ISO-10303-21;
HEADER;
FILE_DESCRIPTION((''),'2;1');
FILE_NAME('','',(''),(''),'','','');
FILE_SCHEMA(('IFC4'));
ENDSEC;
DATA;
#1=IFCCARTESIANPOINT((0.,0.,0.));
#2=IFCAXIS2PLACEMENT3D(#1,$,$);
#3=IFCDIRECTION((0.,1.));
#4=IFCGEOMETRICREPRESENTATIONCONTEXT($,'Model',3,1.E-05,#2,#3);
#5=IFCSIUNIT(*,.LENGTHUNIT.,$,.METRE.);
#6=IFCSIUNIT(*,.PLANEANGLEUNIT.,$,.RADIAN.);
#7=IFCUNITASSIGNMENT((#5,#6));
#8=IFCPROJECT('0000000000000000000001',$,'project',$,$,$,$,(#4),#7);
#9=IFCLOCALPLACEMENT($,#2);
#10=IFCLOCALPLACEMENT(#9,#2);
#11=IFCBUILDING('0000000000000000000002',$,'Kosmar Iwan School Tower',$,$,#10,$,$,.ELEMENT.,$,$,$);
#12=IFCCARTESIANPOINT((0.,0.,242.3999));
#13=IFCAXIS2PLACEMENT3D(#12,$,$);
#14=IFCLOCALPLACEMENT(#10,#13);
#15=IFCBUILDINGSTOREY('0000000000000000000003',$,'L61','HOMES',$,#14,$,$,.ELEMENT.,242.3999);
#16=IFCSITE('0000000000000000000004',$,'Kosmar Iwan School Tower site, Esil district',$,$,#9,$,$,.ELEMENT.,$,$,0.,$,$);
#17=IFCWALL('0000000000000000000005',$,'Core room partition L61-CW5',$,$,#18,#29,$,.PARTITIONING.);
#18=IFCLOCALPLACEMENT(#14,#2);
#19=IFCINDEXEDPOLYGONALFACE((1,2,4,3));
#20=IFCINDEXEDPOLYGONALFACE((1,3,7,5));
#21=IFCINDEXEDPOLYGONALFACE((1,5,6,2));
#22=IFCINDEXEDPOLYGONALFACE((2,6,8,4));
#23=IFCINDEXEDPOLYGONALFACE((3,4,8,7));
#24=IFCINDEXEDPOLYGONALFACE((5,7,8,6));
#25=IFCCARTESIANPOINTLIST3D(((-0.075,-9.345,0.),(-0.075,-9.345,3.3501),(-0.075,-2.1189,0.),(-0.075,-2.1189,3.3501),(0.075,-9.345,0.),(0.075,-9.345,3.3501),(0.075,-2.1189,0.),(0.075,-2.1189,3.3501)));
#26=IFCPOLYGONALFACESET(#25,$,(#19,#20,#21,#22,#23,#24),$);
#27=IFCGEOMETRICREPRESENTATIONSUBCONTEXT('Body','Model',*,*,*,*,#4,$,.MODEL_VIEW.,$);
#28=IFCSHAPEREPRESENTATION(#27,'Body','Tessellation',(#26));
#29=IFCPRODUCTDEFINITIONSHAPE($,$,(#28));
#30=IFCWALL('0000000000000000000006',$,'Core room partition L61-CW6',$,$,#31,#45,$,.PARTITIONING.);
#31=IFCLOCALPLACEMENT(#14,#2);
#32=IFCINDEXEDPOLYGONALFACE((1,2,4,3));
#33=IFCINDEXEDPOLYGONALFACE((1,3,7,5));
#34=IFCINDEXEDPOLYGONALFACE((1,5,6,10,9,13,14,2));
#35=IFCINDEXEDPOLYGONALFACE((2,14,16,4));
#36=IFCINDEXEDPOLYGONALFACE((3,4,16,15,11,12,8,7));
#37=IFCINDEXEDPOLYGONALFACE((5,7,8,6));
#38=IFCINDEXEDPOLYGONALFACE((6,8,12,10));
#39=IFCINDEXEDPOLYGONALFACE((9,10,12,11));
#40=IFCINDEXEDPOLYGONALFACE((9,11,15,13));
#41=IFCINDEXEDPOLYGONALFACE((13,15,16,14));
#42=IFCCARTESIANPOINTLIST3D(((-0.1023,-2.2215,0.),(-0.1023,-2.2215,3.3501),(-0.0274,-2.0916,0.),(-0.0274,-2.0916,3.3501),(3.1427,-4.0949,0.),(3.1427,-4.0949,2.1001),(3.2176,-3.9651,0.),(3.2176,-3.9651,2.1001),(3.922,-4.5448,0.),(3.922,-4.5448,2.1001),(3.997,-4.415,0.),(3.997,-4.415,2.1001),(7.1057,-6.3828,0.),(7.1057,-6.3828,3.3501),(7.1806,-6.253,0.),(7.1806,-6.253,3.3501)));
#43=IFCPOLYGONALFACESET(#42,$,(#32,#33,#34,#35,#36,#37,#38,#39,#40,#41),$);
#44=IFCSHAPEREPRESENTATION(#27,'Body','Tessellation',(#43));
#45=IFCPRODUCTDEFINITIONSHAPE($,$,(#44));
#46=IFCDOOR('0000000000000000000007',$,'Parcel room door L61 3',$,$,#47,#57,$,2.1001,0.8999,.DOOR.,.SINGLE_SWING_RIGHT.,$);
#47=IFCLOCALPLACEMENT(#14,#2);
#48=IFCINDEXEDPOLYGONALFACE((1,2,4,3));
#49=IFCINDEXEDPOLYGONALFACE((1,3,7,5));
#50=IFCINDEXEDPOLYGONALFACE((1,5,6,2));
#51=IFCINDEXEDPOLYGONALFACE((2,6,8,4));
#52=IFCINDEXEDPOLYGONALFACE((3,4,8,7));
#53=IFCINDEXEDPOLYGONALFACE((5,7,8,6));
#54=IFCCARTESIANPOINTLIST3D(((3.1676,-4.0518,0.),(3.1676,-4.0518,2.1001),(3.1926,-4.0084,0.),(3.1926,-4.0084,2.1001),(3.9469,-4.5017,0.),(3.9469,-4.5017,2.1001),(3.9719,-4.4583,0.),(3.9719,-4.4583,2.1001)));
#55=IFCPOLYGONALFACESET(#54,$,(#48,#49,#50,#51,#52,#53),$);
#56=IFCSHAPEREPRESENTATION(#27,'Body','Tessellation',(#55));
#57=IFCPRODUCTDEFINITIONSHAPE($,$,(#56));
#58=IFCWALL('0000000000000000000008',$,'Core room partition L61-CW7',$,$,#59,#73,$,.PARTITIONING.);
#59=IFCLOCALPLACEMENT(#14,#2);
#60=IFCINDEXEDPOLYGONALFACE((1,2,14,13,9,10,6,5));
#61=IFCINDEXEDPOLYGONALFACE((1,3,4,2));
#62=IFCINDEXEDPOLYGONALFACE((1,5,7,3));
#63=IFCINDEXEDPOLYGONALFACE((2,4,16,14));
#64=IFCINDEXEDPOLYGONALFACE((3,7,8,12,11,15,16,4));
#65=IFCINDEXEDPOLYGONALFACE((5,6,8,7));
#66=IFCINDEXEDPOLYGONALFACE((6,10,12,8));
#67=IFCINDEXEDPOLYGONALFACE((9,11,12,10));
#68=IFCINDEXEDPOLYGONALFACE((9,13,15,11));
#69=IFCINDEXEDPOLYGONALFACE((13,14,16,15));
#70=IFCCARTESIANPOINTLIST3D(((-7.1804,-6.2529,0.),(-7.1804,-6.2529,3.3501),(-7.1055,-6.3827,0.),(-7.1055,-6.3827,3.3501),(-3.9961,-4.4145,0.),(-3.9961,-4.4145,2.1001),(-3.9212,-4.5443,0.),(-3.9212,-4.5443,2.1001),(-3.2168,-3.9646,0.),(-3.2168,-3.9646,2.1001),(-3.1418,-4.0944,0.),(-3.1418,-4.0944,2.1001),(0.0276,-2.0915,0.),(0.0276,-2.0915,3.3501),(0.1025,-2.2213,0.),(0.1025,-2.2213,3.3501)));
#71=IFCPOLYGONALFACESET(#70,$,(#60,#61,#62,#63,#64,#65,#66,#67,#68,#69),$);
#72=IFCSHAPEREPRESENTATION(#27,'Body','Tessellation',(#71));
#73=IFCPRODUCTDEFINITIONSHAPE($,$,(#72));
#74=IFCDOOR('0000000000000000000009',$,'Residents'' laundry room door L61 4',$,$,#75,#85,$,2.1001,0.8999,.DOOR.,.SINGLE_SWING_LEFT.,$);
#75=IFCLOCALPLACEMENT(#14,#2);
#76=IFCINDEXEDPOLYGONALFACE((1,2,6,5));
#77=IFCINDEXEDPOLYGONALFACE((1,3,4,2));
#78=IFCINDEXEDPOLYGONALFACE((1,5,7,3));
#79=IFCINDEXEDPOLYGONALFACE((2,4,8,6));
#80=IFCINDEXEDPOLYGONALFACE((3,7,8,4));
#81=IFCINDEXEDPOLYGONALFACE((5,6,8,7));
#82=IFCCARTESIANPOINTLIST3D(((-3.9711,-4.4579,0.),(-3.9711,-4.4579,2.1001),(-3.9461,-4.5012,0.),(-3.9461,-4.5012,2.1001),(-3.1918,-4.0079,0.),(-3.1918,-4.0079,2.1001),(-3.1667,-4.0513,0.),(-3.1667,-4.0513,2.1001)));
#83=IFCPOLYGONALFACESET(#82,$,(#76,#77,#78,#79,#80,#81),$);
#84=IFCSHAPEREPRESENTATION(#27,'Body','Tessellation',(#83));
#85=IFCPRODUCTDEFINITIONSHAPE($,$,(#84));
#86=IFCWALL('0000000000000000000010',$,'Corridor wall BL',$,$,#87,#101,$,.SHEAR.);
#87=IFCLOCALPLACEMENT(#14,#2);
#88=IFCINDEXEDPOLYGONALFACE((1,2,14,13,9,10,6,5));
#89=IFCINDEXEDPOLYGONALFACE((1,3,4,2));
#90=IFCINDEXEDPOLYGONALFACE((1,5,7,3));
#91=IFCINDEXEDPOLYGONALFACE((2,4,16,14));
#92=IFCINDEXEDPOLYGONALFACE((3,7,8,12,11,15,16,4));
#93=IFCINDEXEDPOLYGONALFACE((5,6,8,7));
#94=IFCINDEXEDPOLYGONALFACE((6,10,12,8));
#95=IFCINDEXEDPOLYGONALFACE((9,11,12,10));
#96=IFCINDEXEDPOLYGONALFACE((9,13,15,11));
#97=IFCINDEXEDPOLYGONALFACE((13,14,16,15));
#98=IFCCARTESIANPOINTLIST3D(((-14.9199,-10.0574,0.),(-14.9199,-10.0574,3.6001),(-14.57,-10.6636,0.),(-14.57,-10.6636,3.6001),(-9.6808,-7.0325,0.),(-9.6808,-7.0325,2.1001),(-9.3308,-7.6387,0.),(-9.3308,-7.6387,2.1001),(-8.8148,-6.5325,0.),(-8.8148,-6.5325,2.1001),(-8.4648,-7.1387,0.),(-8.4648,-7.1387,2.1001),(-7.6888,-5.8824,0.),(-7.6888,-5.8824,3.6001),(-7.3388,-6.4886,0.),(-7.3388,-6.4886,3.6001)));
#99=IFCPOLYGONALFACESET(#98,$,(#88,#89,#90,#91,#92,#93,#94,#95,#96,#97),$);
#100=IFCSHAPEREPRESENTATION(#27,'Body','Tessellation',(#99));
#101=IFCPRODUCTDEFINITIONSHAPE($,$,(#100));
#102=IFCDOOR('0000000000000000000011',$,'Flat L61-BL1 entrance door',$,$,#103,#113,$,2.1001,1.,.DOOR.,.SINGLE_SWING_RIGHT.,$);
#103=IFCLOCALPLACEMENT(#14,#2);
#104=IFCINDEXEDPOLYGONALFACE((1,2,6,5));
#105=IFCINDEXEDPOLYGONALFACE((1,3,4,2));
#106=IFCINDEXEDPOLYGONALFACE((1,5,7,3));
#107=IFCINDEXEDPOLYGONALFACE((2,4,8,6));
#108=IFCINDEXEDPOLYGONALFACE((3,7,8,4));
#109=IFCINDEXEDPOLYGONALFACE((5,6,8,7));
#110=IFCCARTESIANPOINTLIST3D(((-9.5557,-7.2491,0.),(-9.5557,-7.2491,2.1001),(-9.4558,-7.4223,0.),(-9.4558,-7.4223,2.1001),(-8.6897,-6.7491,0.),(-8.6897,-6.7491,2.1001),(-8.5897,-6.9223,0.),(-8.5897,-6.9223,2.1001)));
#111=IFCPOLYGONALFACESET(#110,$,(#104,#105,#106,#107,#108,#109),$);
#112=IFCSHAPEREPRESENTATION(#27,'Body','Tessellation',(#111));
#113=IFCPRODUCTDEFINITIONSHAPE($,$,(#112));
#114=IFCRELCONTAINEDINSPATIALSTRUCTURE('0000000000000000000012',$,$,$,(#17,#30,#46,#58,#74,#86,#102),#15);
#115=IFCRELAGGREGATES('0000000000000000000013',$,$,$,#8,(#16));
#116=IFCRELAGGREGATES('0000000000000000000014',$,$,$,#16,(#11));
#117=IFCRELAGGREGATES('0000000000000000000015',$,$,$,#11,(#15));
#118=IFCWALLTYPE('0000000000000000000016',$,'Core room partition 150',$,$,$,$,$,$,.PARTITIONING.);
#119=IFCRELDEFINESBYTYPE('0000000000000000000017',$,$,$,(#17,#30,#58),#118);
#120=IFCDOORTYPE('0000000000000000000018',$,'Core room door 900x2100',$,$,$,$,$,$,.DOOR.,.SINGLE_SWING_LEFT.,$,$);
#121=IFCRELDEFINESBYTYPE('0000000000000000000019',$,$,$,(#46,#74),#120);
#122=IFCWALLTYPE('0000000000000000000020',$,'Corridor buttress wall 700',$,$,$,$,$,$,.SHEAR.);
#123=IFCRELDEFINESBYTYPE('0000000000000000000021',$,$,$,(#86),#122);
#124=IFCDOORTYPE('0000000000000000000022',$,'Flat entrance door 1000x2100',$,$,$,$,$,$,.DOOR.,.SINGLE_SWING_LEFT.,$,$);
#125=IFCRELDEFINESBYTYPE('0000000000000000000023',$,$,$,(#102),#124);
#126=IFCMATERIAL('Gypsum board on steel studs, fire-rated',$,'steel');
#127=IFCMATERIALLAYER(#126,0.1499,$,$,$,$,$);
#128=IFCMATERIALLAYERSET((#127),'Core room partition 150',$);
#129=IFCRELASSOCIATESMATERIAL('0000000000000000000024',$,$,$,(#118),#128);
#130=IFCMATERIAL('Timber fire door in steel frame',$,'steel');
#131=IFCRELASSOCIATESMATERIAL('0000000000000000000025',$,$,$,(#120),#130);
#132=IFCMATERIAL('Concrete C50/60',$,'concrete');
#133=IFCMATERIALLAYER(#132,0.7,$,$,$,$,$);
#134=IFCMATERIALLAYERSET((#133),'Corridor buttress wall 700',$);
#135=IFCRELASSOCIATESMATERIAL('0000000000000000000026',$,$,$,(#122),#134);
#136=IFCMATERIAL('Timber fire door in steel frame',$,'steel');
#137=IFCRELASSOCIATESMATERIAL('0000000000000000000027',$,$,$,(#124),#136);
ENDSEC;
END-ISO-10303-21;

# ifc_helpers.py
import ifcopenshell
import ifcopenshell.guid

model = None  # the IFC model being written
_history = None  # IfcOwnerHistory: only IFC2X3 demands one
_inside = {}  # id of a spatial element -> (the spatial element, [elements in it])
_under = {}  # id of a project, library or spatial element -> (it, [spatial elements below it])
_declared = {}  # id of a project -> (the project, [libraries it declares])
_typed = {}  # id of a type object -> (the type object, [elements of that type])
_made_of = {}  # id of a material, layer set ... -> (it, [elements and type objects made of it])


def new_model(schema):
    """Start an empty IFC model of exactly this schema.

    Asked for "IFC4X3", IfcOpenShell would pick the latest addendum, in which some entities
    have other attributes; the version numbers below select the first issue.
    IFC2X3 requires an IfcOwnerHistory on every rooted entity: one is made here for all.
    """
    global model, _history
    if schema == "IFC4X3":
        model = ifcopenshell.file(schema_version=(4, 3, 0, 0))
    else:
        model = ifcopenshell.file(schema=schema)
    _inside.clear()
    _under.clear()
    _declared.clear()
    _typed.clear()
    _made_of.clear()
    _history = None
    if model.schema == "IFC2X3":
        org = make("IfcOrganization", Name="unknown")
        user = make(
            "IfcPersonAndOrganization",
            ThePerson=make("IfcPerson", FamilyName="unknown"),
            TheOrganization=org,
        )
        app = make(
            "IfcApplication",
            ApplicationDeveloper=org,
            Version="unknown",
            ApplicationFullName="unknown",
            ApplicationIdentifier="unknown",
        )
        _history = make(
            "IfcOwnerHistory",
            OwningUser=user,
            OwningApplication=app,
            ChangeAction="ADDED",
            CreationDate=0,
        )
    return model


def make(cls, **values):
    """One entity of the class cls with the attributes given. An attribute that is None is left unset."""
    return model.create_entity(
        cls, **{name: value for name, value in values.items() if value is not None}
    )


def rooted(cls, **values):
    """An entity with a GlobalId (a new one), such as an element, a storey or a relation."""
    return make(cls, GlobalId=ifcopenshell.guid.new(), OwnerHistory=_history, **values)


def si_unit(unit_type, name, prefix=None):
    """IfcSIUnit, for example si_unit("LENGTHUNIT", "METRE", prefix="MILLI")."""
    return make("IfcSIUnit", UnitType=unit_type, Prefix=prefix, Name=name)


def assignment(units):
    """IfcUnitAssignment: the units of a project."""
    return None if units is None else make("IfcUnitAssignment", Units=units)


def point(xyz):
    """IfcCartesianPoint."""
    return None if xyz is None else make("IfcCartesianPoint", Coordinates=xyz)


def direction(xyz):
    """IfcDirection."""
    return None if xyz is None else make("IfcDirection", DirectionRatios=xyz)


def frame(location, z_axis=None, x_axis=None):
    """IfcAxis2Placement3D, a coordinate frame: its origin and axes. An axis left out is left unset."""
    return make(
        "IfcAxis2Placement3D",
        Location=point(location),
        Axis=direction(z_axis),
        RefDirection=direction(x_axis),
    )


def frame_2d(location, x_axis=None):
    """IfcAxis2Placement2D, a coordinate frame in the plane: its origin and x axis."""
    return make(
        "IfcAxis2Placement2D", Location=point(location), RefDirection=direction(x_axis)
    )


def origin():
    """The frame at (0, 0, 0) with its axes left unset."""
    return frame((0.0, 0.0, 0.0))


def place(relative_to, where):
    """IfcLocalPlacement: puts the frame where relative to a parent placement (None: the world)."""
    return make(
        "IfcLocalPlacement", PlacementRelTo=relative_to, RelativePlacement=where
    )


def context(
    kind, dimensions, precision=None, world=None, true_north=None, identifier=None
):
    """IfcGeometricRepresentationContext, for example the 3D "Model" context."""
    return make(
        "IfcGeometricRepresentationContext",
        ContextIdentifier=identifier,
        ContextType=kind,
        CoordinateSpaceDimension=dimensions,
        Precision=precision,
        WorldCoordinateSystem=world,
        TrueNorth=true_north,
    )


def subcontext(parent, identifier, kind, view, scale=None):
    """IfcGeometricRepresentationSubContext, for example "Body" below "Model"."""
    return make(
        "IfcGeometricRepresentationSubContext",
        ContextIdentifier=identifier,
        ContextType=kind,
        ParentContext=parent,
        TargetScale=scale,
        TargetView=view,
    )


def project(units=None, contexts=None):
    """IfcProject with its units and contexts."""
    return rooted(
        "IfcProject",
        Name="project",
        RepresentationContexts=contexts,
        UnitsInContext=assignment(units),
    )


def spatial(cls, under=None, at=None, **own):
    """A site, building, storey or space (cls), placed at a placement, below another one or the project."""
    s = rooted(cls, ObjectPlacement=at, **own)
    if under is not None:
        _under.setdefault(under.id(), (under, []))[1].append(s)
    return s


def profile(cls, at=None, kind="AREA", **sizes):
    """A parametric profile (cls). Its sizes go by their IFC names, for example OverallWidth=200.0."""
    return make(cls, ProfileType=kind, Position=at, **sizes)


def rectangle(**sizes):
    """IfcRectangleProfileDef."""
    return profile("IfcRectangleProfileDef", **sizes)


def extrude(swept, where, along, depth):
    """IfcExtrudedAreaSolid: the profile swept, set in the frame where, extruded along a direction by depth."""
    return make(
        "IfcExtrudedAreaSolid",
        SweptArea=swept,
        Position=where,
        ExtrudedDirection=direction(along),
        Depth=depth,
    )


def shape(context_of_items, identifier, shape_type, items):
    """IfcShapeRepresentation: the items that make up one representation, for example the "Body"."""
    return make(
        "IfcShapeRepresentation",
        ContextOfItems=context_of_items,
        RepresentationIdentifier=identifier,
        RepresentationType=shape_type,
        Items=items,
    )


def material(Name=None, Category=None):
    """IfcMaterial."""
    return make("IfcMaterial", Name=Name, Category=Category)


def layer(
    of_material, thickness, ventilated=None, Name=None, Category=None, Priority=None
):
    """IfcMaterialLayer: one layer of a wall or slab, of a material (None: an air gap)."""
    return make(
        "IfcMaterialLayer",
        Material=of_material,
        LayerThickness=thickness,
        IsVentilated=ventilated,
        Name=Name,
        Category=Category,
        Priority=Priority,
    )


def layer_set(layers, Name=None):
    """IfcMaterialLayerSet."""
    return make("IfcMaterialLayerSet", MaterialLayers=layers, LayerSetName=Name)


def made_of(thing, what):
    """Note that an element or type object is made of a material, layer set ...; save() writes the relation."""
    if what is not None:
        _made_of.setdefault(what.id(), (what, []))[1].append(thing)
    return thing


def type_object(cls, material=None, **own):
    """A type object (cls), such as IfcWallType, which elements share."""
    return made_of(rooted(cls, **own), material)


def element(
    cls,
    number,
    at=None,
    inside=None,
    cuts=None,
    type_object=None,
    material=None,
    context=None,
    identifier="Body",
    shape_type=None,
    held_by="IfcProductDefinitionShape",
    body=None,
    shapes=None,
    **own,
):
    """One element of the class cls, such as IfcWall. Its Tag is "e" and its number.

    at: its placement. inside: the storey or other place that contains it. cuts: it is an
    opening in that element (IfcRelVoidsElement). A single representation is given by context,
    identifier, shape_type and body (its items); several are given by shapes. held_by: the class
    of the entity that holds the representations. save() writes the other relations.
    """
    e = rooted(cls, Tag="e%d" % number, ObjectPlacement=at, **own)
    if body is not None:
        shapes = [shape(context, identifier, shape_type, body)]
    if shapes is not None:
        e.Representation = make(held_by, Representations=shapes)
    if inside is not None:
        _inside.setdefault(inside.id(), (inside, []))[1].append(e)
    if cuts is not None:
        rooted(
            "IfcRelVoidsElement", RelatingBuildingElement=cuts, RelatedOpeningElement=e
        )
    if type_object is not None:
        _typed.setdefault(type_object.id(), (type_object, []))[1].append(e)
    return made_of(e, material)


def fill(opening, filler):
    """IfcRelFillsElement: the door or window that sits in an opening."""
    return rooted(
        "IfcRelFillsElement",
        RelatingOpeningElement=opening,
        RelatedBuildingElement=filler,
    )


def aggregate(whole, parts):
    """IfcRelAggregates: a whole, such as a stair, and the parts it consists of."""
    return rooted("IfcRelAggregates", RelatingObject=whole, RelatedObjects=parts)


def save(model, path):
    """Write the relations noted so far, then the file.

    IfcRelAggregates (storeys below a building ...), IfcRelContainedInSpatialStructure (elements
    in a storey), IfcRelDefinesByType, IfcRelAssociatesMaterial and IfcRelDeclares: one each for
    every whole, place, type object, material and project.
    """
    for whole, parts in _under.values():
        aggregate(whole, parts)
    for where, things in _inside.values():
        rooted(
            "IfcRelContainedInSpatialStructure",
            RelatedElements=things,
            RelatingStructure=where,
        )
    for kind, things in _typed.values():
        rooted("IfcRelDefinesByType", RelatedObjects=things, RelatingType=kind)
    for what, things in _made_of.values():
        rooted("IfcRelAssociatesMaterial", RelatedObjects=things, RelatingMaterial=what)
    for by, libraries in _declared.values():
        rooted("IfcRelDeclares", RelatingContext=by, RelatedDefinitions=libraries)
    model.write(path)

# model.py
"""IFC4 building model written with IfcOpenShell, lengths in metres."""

from ifc_helpers import new_model, si_unit, direction, frame, frame_2d, origin, place, context, subcontext, project, spatial, rectangle, extrude, material, layer, layer_set, type_object, element, fill, save


model = new_model("IFC4")

# Units and contexts
model_context = context("Model", 3, precision=1e-05, world=origin(), true_north=direction((0.0, 1.0)))
body_context = subcontext(model_context, "Body", "Model", "MODEL_VIEW")
ifc_project = project(units=[si_unit("LENGTHUNIT", "METRE"), si_unit("PLANEANGLEUNIT", "RADIAN")], contexts=[model_context])

# Site, building, storey
site_placement = place(None, origin())
site = spatial("IfcSite", under=ifc_project, at=site_placement, Name="Kosmar Iwan School Tower site, Esil district", CompositionType="ELEMENT", RefElevation=0.0)
building_placement = place(site_placement, origin())
building = spatial("IfcBuilding", under=site, at=building_placement, Name="Kosmar Iwan School Tower", CompositionType="ELEMENT")
storey_placement = place(building_placement, frame((0.0, 0.0, 242.3999)))
storey = spatial("IfcBuildingStorey", under=building, at=storey_placement, Name="L61", Description="HOMES", CompositionType="ELEMENT", Elevation=242.3999)

# Wall
ifc_material_1 = material(Name="Gypsum board on steel studs, fire-rated", Category="steel")
ifc_layer_1 = layer(ifc_material_1, 0.1499)
ifc_layer_set_1 = layer_set([ifc_layer_1], Name="Core room partition 150")
wall_type_1 = type_object("IfcWallType", Name="Core room partition 150", PredefinedType="PARTITIONING", material=ifc_layer_set_1)
wall_1_placement = place(storey_placement, frame((0.0, -9.345, 0.0), z_axis=(0.0, 0.0, 1.0), x_axis=(0.0, 1.0, 0.0)))
element("IfcWall", 1, at=wall_1_placement, inside=storey, type_object=wall_type_1, Name="Core room partition L61-CW5", PredefinedType="PARTITIONING", context=body_context, shape_type="SweptSolid", body=[
    extrude(rectangle(XDim=7.2261, YDim=0.1499, at=frame_2d((3.613, 0.0))), origin(), (0.0, 0.0, 1.0), 3.3501),
])

# Walls, openings, doors
wall_2_placement = place(storey_placement, frame((-0.0649, -2.1565, 0.0), z_axis=(0.0, 0.0, 1.0), x_axis=(0.866034, -0.499985, 0.0)))
wall_2 = element("IfcWall", 2, at=wall_2_placement, inside=storey, type_object=wall_type_1, Name="Core room partition L61-CW6", PredefinedType="PARTITIONING", context=body_context, shape_type="SweptSolid", body=[
    extrude(rectangle(XDim=8.323, YDim=0.1499, at=frame_2d((4.1616, 0.0))), origin(), (0.0, 0.0, 1.0), 3.3501),
])
opening_1_placement = place(wall_2_placement, frame((3.7471, 0.0, 0.0)))
opening_1 = element("IfcOpeningElement", 3, at=opening_1_placement, cuts=wall_2, PredefinedType="OPENING", context=body_context, shape_type="SweptSolid", body=[
    extrude(rectangle(XDim=0.8999, YDim=2.1001, at=frame_2d((0.45, 1.05))), frame((0.0, 0.0869, 0.0), z_axis=(0.0, -1.0, 0.0), x_axis=(1.0, 0.0, 0.0)), (0.0, 0.0, 1.0), 0.1738),
])
ifc_material_2 = material(Name="Timber fire door in steel frame", Category="steel")
door_type_1 = type_object("IfcDoorType", Name="Core room door 900x2100", OperationType="SINGLE_SWING_LEFT", PredefinedType="DOOR", material=ifc_material_2)
door_1_placement = place(opening_1_placement, origin())
door_1 = element("IfcDoor", 4, at=door_1_placement, inside=storey, type_object=door_type_1, Name="Parcel room door L61 3", OperationType="SINGLE_SWING_RIGHT", OverallHeight=2.1001, OverallWidth=0.8999, PredefinedType="DOOR", context=body_context, shape_type="SweptSolid", body=[
    extrude(rectangle(XDim=0.8999, YDim=2.1001, at=frame_2d((0.45, 1.05))), frame((0.0, 0.0249, 0.0), z_axis=(0.0, -1.0, 0.0), x_axis=(1.0, 0.0, 0.0)), (0.0, 0.0, 1.0), 0.05),
])
fill(opening_1, door_1)
wall_3_placement = place(storey_placement, frame((-7.1431, -6.3179, 0.0), z_axis=(0.0, 0.0, 1.0), x_axis=(0.866034, 0.499985, 0.0)))
wall_3 = element("IfcWall", 5, at=wall_3_placement, inside=storey, type_object=wall_type_1, Name="Core room partition L61-CW7", PredefinedType="PARTITIONING", context=body_context, shape_type="SweptSolid", body=[
    extrude(rectangle(XDim=8.323, YDim=0.1499, at=frame_2d((4.1616, 0.0))), origin(), (0.0, 0.0, 1.0), 3.3501),
])
opening_2_placement = place(wall_3_placement, frame((3.677, 0.0, 0.0)))
opening_2 = element("IfcOpeningElement", 6, at=opening_2_placement, cuts=wall_3, PredefinedType="OPENING", context=body_context, shape_type="SweptSolid", body=[
    extrude(rectangle(XDim=0.8999, YDim=2.1001, at=frame_2d((0.45, 1.05))), frame((0.0, 0.0869, 0.0), z_axis=(0.0, -1.0, 0.0), x_axis=(1.0, 0.0, 0.0)), (0.0, 0.0, 1.0), 0.1738),
])
door_2_placement = place(opening_2_placement, origin())
door_2 = element("IfcDoor", 7, at=door_2_placement, inside=storey, type_object=door_type_1, Name="Residents' laundry room door L61 4", OperationType="SINGLE_SWING_LEFT", OverallHeight=2.1001, OverallWidth=0.8999, PredefinedType="DOOR", context=body_context, shape_type="SweptSolid", body=[
    extrude(rectangle(XDim=0.8999, YDim=2.1001, at=frame_2d((0.45, 1.05))), frame((0.0, 0.0249, 0.0), z_axis=(0.0, -1.0, 0.0), x_axis=(1.0, 0.0, 0.0)), (0.0, 0.0, 1.0), 0.05),
])
fill(opening_2, door_2)
ifc_material_3 = material(Name="Concrete C50/60", Category="concrete")
ifc_layer_2 = layer(ifc_material_3, 0.7)
ifc_layer_set_2 = layer_set([ifc_layer_2], Name="Corridor buttress wall 700")
wall_type_2 = type_object("IfcWallType", Name="Corridor buttress wall 700", PredefinedType="SHEAR", material=ifc_layer_set_2)
wall_4_placement = place(storey_placement, frame((-7.5139, -6.1855, 0.0), z_axis=(0.0, 0.0, 1.0), x_axis=(-0.86602, -0.50001, 0.0)))
wall_4 = element("IfcWall", 8, at=wall_4_placement, inside=storey, type_object=wall_type_2, Name="Corridor wall BL", PredefinedType="SHEAR", context=body_context, shape_type="SweptSolid", body=[
    extrude(rectangle(XDim=8.3499, YDim=0.7, at=frame_2d((4.1748, 0.0))), origin(), (0.0, 0.0, 1.0), 3.6001),
])
opening_3_placement = place(wall_4_placement, frame((1.3, 0.0, 0.0)))
opening_3 = element("IfcOpeningElement", 9, at=opening_3_placement, cuts=wall_4, PredefinedType="OPENING", context=body_context, shape_type="SweptSolid", body=[
    extrude(rectangle(XDim=1.0, YDim=2.1001, at=frame_2d((0.5, 1.05))), frame((0.0, 0.3621, 0.0), z_axis=(0.0, -1.0, 0.0), x_axis=(1.0, 0.0, 0.0)), (0.0, 0.0, 1.0), 0.7239),
])
ifc_material_4 = material(Name="Timber fire door in steel frame", Category="steel")
door_type_2 = type_object("IfcDoorType", Name="Flat entrance door 1000x2100", OperationType="SINGLE_SWING_LEFT", PredefinedType="DOOR", material=ifc_material_4)
door_3_placement = place(opening_3_placement, origin())
door_3 = element("IfcDoor", 10, at=door_3_placement, inside=storey, type_object=door_type_2, Name="Flat L61-BL1 entrance door", OperationType="SINGLE_SWING_RIGHT", OverallHeight=2.1001, OverallWidth=1.0, PredefinedType="DOOR", context=body_context, shape_type="SweptSolid", body=[
    extrude(rectangle(XDim=1.0, YDim=2.1001, at=frame_2d((0.5, 1.05))), frame((0.0, 0.1001, 0.0), z_axis=(0.0, -1.0, 0.0), x_axis=(1.0, 0.0, 0.0)), (0.0, 0.0, 1.0), 0.2),
])
fill(opening_3, door_3)

save(model, "model.ifc")
